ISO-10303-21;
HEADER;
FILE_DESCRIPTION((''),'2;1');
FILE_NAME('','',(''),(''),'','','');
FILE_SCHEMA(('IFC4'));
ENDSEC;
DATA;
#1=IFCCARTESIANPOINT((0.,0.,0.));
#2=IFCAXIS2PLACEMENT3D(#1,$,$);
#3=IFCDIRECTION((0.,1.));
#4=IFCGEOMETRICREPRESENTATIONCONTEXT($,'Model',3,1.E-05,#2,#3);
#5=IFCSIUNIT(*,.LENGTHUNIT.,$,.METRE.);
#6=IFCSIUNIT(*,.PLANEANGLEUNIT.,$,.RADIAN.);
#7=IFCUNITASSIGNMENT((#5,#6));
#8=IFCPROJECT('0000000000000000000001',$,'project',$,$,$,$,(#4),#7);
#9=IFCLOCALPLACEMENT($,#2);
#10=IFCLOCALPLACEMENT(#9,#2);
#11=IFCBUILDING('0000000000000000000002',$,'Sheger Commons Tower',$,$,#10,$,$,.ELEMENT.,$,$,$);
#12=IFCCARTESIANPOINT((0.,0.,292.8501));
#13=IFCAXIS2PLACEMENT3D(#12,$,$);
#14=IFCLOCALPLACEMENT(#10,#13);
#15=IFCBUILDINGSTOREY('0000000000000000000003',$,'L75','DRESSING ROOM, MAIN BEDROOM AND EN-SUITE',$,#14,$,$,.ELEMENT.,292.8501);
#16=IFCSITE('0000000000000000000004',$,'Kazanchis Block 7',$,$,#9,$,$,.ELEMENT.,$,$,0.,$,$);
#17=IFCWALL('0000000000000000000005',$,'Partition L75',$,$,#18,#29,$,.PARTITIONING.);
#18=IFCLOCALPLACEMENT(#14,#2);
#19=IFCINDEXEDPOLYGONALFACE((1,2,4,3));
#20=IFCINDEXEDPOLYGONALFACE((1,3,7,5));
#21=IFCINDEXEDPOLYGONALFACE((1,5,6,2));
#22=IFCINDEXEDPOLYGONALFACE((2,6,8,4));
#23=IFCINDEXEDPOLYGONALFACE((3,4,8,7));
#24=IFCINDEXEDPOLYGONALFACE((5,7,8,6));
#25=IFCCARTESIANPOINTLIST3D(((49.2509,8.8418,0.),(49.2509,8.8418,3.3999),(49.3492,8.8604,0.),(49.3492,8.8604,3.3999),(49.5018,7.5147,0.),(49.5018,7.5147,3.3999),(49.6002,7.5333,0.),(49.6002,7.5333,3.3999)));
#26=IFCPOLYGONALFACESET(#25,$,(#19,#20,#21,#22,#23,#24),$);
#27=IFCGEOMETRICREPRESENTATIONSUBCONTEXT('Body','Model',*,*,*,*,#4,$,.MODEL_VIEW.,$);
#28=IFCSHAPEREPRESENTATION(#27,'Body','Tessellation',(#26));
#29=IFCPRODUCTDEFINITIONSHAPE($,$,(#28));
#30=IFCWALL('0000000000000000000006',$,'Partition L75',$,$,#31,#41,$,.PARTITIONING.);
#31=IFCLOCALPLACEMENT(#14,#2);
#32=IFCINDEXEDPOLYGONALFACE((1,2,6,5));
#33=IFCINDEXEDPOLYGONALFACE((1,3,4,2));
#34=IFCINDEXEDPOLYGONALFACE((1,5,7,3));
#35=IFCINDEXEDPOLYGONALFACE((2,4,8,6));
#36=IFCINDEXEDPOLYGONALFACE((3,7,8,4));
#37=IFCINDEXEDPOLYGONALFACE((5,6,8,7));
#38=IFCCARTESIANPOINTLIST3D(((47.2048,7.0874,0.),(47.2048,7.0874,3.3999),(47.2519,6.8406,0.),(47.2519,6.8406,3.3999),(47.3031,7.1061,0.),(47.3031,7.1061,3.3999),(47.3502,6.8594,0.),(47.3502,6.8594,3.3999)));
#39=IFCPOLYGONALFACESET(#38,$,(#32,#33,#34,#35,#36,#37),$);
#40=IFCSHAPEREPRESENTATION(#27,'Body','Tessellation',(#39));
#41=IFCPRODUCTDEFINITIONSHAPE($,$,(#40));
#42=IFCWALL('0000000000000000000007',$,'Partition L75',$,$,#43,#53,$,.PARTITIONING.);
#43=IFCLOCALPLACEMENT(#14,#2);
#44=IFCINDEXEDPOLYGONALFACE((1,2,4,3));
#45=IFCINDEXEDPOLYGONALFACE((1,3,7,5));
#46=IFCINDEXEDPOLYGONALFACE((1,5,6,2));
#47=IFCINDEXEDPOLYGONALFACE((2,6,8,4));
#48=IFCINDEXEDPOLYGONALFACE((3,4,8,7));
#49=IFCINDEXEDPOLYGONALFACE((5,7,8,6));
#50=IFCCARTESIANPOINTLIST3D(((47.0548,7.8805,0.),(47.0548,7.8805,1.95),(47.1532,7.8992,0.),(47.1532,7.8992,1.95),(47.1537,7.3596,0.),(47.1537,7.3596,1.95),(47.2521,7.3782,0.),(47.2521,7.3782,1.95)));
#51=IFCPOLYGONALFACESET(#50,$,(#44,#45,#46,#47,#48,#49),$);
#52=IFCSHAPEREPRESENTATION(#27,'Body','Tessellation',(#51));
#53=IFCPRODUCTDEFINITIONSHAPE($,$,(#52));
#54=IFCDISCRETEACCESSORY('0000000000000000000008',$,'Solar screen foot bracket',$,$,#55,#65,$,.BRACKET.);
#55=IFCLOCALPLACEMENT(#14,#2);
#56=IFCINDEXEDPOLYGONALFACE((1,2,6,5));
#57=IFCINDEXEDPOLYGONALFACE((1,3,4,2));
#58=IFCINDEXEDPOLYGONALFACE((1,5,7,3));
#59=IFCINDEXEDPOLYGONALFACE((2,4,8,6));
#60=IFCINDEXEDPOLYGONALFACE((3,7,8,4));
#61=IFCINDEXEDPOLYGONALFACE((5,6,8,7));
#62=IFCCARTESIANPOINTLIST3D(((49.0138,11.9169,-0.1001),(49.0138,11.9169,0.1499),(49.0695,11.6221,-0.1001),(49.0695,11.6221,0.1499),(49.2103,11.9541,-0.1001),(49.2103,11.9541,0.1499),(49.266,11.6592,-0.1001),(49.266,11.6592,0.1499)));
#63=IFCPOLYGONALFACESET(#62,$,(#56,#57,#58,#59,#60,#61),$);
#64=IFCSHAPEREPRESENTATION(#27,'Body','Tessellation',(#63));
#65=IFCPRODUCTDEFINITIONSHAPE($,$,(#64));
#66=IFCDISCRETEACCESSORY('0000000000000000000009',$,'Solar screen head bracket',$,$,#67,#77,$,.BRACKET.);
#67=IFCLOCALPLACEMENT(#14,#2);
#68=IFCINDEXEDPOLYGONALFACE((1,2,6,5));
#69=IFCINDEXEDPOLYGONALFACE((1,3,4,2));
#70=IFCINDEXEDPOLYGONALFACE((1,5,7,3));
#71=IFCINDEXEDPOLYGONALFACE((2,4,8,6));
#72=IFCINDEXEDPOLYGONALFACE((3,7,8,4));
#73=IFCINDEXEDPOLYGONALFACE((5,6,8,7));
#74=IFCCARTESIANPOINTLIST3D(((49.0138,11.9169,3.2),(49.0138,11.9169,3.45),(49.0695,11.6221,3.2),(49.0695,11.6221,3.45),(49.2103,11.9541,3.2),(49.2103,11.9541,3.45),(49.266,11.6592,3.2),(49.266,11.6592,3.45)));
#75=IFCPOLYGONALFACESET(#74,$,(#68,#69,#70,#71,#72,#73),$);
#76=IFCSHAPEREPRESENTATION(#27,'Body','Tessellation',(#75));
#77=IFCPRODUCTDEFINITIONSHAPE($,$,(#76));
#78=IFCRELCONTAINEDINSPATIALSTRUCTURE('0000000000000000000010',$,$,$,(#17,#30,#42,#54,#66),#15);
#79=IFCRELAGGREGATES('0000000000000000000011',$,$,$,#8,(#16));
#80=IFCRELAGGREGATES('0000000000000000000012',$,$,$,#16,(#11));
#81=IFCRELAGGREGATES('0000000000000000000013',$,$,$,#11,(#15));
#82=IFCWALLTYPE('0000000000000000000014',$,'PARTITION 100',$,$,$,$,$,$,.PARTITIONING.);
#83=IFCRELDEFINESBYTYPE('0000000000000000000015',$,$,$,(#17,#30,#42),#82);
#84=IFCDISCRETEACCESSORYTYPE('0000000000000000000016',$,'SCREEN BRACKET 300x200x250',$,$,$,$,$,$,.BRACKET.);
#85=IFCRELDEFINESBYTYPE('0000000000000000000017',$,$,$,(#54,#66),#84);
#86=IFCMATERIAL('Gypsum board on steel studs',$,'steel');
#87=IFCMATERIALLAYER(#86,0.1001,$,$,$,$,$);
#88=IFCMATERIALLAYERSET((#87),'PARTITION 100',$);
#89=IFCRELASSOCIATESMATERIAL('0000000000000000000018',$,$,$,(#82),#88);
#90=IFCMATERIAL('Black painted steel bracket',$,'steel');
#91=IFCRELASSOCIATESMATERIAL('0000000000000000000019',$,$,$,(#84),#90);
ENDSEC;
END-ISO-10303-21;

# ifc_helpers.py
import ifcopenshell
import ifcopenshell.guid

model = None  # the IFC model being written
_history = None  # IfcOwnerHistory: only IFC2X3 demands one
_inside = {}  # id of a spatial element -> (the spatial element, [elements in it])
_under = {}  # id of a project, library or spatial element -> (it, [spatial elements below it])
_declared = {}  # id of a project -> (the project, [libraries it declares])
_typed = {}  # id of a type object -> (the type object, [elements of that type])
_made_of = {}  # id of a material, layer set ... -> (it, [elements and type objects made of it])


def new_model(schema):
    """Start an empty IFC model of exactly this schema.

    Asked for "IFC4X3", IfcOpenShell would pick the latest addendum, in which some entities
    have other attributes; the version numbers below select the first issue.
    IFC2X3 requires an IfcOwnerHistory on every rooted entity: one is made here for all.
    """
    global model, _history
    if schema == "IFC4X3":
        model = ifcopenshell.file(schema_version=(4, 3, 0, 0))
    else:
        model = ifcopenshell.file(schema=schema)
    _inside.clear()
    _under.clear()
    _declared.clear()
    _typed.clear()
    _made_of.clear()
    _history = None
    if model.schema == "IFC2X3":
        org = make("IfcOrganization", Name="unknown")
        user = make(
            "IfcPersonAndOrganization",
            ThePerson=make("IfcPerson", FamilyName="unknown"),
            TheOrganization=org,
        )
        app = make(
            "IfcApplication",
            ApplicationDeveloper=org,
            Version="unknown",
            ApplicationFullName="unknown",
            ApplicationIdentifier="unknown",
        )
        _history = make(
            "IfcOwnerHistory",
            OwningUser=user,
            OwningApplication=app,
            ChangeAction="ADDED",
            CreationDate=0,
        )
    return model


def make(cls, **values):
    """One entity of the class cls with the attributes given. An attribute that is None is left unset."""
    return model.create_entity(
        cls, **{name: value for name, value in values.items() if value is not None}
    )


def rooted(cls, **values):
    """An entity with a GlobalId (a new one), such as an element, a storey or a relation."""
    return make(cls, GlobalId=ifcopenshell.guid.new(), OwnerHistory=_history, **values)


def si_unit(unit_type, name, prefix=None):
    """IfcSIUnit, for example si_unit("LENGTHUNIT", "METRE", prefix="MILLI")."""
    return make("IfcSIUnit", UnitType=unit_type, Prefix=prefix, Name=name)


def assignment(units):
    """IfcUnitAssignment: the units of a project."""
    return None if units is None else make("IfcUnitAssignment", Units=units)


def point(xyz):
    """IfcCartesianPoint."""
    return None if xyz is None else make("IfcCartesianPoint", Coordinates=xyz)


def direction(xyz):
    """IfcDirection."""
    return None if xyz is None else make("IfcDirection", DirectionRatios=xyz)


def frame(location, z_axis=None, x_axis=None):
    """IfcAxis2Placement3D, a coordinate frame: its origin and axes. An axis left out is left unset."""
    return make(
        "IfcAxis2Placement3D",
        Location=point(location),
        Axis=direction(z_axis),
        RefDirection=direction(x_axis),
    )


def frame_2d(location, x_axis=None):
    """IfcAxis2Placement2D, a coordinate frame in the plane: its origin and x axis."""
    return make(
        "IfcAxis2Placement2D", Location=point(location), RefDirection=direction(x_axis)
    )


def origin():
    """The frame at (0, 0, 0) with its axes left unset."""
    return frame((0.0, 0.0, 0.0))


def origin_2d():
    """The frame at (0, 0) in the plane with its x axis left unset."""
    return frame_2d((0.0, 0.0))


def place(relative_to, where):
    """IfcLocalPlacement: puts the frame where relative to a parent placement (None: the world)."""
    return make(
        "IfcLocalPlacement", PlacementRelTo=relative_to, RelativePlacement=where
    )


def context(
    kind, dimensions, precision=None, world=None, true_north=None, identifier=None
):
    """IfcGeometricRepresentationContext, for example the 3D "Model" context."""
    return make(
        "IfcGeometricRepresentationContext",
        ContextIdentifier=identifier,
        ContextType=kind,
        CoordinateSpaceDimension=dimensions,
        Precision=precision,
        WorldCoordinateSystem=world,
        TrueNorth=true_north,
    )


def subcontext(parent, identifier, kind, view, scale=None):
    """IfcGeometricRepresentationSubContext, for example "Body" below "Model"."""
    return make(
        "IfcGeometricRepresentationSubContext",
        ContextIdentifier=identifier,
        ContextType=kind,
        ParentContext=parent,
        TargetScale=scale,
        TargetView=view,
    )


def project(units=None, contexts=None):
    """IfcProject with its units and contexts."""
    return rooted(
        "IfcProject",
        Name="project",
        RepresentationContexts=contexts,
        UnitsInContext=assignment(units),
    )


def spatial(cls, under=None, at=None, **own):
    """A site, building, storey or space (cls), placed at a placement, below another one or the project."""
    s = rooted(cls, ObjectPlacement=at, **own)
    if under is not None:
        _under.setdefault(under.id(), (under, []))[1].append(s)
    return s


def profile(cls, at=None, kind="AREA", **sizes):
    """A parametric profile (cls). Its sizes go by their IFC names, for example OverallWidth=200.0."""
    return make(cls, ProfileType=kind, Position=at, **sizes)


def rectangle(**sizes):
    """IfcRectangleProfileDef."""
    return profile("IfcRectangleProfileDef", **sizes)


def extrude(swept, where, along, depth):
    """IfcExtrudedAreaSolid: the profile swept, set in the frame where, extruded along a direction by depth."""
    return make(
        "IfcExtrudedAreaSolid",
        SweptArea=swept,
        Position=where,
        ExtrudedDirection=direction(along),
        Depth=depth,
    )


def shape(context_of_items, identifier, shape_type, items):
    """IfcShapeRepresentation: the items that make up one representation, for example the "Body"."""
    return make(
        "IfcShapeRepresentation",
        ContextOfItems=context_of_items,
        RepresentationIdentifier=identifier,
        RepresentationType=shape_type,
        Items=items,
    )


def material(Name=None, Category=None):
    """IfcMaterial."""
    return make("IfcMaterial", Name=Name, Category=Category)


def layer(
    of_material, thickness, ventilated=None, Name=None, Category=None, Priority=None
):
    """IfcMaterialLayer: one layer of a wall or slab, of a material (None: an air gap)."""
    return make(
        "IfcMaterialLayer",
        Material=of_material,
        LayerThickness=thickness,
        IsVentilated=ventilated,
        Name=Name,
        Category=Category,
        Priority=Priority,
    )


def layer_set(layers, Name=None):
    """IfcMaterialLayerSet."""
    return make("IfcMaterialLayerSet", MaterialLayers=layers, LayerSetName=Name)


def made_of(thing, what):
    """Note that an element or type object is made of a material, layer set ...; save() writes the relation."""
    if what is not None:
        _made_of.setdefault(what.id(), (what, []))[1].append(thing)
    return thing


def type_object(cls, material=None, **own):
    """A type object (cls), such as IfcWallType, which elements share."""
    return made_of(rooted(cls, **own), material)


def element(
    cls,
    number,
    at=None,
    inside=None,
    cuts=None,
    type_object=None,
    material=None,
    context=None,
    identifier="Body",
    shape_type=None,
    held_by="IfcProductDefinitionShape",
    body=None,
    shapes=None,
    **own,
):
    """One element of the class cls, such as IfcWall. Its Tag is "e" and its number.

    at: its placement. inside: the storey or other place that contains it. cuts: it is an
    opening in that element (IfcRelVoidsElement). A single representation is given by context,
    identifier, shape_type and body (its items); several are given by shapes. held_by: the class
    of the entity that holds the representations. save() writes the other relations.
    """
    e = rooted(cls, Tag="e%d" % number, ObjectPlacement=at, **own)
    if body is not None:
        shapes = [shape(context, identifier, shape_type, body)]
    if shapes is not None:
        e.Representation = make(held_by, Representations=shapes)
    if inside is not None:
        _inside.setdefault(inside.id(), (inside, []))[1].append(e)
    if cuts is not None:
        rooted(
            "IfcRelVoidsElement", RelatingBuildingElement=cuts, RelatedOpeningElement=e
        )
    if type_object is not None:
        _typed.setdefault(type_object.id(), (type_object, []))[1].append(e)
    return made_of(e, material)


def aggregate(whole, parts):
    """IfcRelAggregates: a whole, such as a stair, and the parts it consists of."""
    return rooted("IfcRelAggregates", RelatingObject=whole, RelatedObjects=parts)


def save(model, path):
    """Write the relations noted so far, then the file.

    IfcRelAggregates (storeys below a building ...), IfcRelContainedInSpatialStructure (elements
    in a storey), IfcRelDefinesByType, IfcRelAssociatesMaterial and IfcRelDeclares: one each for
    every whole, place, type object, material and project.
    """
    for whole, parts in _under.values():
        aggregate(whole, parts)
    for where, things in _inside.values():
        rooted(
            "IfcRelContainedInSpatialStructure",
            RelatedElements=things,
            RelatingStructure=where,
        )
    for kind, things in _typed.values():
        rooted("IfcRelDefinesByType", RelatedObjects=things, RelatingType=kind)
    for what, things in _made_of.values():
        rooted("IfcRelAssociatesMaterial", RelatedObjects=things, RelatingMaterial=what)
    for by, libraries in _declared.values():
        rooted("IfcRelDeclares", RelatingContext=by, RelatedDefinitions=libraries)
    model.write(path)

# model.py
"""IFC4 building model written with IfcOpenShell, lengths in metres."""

from ifc_helpers import new_model, si_unit, direction, frame, frame_2d, origin, origin_2d, place, context, subcontext, project, spatial, rectangle, extrude, material, layer, layer_set, type_object, element, save


model = new_model("IFC4")

# Units and contexts
model_context = context("Model", 3, precision=1e-05, world=origin(), true_north=direction((0.0, 1.0)))
body_context = subcontext(model_context, "Body", "Model", "MODEL_VIEW")
ifc_project = project(units=[si_unit("LENGTHUNIT", "METRE"), si_unit("PLANEANGLEUNIT", "RADIAN")], contexts=[model_context])

# Site, building, storey
site_placement = place(None, origin())
site = spatial("IfcSite", under=ifc_project, at=site_placement, Name="Kazanchis Block 7", CompositionType="ELEMENT", RefElevation=0.0)
building_placement = place(site_placement, origin())
building = spatial("IfcBuilding", under=site, at=building_placement, Name="Sheger Commons Tower", CompositionType="ELEMENT")
storey_placement = place(building_placement, frame((0.0, 0.0, 292.8501)))
storey = spatial("IfcBuildingStorey", under=building, at=storey_placement, Name="L75", Description="DRESSING ROOM, MAIN BEDROOM AND EN-SUITE", CompositionType="ELEMENT", Elevation=292.8501)

# Walls
ifc_material_1 = material(Name="Gypsum board on steel studs", Category="steel")
ifc_layer_1 = layer(ifc_material_1, 0.1001)
ifc_layer_set_1 = layer_set([ifc_layer_1], Name="PARTITION 100")
wall_type_1 = type_object("IfcWallType", Name="PARTITION 100", PredefinedType="PARTITIONING", material=ifc_layer_set_1)
wall_1_placement = place(storey_placement, frame((49.3, 8.8511, 0.0), z_axis=(0.0, 0.0, 1.0), x_axis=(0.185816, -0.982585, 0.0)))
element("IfcWall", 1, at=wall_1_placement, inside=storey, type_object=wall_type_1, Name="Partition L75", PredefinedType="PARTITIONING", context=body_context, shape_type="SweptSolid", body=[
    extrude(rectangle(XDim=1.3506, YDim=0.1001, at=frame_2d((0.6753, 0.0))), origin(), (0.0, 0.0, 1.0), 3.3999),
])
wall_2_placement = place(storey_placement, frame((47.301, 6.8501, 0.0), z_axis=(0.0, 0.0, 1.0), x_axis=(-0.187514, 0.982262, 0.0)))
element("IfcWall", 2, at=wall_2_placement, inside=storey, type_object=wall_type_1, Name="Partition L75", PredefinedType="PARTITIONING", context=body_context, shape_type="SweptSolid", body=[
    extrude(rectangle(XDim=0.2512, YDim=0.1001, at=frame_2d((0.1255, 0.0))), origin(), (0.0, 0.0, 1.0), 3.3999),
])
wall_3_placement = place(storey_placement, frame((47.2029, 7.3689, 0.0), z_axis=(0.0, 0.0, 1.0), x_axis=(-0.186456, 0.982463, 0.0)))
element("IfcWall", 3, at=wall_3_placement, inside=storey, type_object=wall_type_1, Name="Partition L75", PredefinedType="PARTITIONING", context=body_context, shape_type="SweptSolid", body=[
    extrude(rectangle(XDim=0.5303, YDim=0.1001, at=frame_2d((0.2651, 0.0))), origin(), (0.0, 0.0, 1.0), 1.95),
])

# Discrete accessories
ifc_material_2 = material(Name="Black painted steel bracket", Category="steel")
discrete_accessory_type = type_object("IfcDiscreteAccessoryType", Name="SCREEN BRACKET 300x200x250", PredefinedType="BRACKET", material=ifc_material_2)
for number, where, z_axis, x_axis, name in (
    (4, (49.1399, 11.7881, -0.1001), (0.0, 0.0, 1.0), (-0.185615, 0.982623, 0.0), "Solar screen foot bracket"),
    (5, (49.1399, 11.7881, 3.2), (0.0, 0.0, 1.0), (-0.185615, 0.982623, 0.0), "Solar screen head bracket"),
):
    element("IfcDiscreteAccessory", number, at=place(storey_placement, frame(where, z_axis=z_axis, x_axis=x_axis)), inside=storey, type_object=discrete_accessory_type, Name=name, PredefinedType="BRACKET", context=body_context, shape_type="SweptSolid", body=[
        extrude(rectangle(XDim=0.3, YDim=0.2, at=origin_2d()), origin(), (0.0, 0.0, 1.0), 0.25),
    ])

save(model, "model.ifc")
